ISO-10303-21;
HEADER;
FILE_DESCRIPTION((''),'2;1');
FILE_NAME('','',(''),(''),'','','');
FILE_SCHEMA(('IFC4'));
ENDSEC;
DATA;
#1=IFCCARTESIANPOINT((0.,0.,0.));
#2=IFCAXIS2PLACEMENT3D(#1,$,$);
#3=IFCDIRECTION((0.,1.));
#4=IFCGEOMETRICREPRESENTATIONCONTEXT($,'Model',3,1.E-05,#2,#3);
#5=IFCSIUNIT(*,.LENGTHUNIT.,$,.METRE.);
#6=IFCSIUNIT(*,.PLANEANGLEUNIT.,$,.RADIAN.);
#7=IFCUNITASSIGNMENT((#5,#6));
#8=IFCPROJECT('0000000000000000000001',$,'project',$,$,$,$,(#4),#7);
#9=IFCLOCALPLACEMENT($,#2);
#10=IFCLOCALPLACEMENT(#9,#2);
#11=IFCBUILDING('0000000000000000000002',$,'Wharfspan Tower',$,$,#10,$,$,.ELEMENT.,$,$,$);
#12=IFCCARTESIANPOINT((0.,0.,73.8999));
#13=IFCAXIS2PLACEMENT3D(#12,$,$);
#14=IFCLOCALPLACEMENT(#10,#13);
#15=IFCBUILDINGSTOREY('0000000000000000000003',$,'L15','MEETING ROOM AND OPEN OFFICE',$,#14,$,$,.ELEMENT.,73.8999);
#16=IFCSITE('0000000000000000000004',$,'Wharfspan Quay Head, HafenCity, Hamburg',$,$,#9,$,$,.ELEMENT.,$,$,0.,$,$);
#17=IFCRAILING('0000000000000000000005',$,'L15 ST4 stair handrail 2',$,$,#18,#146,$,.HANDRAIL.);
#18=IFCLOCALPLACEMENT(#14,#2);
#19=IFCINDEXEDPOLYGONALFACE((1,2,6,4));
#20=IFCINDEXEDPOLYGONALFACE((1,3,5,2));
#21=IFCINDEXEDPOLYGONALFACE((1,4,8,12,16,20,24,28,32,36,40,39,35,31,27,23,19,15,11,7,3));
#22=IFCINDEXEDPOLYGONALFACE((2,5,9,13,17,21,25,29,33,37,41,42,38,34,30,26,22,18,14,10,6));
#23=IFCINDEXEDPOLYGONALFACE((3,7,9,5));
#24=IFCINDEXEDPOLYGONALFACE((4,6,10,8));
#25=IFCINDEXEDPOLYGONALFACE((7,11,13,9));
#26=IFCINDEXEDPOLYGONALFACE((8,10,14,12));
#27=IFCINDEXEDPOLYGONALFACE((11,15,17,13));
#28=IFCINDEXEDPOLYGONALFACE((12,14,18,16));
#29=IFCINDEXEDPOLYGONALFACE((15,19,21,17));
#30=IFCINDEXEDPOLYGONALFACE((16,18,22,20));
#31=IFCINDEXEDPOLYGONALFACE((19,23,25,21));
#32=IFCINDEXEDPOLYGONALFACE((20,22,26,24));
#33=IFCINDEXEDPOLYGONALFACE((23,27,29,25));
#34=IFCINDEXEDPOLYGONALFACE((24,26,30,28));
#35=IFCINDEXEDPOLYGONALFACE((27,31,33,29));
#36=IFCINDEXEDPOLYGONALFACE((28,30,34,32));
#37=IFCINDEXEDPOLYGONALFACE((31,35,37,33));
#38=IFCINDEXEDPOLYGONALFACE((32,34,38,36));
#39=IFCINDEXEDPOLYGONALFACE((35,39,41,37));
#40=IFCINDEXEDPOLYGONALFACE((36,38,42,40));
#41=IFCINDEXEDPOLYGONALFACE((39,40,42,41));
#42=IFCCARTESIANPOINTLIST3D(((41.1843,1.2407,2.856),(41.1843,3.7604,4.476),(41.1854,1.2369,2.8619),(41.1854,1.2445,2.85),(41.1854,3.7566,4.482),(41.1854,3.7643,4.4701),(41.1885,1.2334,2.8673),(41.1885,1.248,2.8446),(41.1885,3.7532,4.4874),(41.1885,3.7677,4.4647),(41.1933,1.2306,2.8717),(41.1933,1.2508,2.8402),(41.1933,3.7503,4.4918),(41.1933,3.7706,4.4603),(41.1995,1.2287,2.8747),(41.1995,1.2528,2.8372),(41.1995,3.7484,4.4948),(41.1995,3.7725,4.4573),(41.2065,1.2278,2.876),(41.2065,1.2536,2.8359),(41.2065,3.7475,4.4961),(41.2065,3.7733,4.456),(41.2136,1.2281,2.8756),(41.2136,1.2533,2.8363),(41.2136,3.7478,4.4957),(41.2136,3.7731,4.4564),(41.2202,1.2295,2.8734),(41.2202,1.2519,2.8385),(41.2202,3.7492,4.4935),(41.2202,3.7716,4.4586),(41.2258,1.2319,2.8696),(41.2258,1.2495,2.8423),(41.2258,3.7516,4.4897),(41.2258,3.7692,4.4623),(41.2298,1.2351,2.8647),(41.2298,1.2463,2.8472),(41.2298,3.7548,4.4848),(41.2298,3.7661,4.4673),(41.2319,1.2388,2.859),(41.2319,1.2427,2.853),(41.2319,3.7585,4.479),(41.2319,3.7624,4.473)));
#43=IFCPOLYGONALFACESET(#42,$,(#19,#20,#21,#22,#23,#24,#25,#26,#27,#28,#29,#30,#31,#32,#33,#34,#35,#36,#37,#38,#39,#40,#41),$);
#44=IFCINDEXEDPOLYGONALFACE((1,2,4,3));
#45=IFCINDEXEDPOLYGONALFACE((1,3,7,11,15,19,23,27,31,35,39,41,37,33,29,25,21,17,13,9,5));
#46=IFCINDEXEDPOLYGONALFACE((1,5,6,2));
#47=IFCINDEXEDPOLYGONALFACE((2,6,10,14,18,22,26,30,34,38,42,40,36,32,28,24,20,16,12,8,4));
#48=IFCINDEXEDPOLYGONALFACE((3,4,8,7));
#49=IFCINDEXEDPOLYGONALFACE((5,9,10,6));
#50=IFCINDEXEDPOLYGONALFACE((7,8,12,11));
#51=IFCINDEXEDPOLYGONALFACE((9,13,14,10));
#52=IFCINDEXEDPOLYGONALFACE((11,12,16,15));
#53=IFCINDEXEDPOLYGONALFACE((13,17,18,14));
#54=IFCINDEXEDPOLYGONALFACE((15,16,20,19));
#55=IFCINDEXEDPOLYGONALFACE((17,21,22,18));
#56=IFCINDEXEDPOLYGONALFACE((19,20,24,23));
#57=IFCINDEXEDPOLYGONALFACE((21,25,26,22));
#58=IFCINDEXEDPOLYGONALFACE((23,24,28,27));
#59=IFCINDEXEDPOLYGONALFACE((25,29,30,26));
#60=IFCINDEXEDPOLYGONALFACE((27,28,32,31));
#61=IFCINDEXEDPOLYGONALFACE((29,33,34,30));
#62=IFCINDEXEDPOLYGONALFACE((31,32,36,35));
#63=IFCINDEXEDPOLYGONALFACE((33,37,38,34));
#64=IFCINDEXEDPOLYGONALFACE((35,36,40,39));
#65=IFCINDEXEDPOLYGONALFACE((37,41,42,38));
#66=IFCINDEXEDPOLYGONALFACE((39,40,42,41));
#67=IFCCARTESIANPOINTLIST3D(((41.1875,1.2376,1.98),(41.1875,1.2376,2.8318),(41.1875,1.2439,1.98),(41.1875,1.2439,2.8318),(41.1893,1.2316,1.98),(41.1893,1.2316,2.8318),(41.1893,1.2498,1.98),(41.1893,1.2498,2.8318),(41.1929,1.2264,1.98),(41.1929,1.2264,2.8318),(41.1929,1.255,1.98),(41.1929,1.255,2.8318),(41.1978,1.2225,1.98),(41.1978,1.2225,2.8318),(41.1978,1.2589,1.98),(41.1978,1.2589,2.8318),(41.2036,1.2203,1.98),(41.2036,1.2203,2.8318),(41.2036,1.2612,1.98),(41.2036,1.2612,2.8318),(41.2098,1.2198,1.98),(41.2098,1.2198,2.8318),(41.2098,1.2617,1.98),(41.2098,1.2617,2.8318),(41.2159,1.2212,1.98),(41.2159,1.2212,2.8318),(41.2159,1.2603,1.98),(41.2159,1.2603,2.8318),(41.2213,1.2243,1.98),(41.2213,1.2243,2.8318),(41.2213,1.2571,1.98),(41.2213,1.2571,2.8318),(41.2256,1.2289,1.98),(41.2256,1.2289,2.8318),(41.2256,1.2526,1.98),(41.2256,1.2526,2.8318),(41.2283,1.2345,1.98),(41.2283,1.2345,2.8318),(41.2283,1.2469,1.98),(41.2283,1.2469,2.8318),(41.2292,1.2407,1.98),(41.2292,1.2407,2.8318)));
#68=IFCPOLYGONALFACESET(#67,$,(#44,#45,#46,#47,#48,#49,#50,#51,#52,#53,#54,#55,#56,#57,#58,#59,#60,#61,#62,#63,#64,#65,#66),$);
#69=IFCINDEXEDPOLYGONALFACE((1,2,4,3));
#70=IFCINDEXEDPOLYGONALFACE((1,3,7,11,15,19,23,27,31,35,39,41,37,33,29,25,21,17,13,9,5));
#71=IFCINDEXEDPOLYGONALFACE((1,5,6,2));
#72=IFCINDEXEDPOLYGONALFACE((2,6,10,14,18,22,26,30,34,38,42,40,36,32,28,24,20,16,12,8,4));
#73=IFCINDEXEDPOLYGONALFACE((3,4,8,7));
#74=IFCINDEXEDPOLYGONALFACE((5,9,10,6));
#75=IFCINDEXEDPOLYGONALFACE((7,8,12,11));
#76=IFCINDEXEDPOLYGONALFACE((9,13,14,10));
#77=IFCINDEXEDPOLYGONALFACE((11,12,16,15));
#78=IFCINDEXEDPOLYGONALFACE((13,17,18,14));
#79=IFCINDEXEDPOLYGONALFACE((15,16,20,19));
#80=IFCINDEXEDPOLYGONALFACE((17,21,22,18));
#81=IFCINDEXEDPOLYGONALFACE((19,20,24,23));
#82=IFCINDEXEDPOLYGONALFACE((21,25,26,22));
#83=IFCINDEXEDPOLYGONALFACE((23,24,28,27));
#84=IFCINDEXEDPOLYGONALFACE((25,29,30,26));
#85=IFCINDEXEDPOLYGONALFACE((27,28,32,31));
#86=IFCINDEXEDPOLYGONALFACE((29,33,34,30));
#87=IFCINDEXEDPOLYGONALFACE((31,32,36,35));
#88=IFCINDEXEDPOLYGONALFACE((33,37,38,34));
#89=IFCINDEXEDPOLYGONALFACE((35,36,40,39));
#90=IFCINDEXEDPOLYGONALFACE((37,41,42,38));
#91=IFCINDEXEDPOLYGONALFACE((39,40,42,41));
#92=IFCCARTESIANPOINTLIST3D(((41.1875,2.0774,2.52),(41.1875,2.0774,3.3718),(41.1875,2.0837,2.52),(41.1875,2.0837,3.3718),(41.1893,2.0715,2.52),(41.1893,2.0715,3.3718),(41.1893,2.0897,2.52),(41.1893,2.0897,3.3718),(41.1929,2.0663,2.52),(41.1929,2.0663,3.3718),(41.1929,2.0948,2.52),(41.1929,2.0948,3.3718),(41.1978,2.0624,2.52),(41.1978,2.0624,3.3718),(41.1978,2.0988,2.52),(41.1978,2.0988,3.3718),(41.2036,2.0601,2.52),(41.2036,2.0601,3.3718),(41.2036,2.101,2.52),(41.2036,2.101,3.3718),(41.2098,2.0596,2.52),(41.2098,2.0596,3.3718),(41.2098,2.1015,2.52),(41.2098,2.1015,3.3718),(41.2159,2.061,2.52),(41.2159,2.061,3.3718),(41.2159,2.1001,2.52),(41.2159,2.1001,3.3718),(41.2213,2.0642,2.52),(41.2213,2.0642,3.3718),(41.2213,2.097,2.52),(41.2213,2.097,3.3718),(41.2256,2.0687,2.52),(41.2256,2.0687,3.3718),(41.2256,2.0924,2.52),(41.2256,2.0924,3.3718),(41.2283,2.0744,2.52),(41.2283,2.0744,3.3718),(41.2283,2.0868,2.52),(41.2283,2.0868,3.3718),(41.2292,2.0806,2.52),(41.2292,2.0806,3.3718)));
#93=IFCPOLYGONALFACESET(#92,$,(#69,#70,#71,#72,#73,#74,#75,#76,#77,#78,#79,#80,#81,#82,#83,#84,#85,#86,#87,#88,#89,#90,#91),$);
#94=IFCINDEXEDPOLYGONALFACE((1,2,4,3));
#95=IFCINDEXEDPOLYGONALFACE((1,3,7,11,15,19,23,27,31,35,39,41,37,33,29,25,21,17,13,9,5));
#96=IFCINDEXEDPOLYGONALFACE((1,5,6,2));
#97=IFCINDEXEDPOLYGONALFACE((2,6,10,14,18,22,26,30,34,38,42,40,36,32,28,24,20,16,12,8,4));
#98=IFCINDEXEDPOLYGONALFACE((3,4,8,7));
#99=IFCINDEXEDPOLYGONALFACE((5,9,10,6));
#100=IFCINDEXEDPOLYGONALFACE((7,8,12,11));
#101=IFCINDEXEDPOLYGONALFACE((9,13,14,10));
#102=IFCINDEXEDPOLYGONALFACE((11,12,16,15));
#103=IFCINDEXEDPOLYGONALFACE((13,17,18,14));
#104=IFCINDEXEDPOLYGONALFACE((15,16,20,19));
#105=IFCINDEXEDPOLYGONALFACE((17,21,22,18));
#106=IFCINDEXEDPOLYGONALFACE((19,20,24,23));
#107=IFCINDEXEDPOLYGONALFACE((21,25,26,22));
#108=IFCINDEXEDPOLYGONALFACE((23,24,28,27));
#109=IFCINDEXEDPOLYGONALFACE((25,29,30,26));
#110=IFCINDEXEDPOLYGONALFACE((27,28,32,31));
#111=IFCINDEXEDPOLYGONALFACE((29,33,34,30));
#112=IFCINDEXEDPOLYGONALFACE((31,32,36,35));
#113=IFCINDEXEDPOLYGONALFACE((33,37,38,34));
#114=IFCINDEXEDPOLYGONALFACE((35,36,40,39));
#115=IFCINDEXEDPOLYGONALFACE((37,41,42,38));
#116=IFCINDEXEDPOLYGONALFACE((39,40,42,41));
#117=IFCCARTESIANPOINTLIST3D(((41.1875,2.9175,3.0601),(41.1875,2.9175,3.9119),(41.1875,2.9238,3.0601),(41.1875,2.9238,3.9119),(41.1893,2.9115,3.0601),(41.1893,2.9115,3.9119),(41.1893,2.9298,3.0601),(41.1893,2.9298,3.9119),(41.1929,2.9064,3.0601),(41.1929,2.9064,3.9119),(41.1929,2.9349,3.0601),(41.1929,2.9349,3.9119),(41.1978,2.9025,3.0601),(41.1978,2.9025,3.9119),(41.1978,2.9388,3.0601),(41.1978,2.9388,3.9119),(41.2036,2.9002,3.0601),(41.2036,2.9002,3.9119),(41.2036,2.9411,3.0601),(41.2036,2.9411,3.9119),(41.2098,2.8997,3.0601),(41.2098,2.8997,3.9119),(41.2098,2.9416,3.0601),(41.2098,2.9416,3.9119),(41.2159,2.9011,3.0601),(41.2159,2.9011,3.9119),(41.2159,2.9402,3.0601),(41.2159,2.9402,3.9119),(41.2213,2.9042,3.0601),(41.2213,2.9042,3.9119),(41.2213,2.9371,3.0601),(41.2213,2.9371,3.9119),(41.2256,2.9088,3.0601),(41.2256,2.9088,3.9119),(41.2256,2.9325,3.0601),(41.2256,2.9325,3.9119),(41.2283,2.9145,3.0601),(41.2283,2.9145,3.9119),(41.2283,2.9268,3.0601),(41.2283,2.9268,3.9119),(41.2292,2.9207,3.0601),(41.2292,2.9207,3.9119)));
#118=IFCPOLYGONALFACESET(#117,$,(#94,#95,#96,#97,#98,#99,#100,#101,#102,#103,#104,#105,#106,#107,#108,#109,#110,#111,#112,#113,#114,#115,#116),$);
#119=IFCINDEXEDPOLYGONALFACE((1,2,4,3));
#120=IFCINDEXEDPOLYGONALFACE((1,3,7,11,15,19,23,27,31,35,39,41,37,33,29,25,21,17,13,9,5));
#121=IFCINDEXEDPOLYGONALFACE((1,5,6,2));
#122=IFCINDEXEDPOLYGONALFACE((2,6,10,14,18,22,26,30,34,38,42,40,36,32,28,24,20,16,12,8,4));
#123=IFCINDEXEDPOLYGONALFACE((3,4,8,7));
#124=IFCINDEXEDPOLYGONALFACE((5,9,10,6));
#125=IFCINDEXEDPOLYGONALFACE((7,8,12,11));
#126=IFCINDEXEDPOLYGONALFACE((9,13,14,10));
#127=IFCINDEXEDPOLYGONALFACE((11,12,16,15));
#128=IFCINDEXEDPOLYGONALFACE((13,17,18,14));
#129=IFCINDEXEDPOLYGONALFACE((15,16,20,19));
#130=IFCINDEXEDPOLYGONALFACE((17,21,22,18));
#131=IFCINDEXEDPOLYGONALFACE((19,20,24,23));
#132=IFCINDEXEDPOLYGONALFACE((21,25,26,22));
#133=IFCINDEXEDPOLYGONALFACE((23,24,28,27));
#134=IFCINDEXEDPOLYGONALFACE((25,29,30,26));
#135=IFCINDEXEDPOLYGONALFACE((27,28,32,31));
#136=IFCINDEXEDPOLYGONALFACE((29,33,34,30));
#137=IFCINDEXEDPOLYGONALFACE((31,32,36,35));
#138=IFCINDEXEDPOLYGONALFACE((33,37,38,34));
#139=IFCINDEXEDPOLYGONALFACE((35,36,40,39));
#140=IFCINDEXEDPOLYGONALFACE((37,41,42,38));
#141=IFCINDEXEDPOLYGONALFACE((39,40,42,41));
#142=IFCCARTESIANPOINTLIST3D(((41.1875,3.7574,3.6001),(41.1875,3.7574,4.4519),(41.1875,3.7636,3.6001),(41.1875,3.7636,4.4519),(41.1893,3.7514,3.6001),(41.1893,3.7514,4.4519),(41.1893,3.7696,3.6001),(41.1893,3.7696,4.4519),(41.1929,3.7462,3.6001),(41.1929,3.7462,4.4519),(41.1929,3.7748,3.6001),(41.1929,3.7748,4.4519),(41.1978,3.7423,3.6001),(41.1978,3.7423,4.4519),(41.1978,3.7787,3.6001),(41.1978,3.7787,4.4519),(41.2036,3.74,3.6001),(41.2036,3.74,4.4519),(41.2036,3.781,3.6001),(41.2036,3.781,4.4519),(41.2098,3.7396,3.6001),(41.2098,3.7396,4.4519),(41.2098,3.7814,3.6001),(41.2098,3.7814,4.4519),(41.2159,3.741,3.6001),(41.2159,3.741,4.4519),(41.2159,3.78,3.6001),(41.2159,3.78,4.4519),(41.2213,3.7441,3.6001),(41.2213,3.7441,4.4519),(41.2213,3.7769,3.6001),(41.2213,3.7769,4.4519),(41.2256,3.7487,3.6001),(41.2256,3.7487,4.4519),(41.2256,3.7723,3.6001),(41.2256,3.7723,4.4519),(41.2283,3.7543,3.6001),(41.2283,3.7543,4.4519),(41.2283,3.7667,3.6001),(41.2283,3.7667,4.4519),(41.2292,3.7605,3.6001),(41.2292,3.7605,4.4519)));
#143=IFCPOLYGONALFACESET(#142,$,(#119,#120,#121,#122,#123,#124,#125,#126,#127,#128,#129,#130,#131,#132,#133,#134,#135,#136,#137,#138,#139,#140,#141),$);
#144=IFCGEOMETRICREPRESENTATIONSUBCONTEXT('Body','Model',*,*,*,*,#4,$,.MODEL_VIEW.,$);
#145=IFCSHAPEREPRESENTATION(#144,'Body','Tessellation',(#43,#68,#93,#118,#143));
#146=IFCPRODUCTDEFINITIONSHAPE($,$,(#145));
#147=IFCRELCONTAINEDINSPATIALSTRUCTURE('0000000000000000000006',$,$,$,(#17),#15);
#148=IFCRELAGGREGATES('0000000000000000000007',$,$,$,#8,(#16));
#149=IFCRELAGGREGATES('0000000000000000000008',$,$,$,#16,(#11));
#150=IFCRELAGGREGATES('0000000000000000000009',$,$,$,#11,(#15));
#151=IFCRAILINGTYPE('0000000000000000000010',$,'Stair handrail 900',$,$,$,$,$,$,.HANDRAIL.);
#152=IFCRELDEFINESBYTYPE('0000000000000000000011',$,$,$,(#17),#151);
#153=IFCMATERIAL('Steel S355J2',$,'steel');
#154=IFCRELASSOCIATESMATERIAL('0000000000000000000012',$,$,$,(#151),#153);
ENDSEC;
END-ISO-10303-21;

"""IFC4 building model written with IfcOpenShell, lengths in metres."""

from ifc_helpers import new_model, si_unit, direction, frame, origin, origin_2d, place, context, subcontext, project, spatial, circle, extrude, material, type_object, element, save


model = new_model("IFC4")

# Units and contexts
model_context = context("Model", 3, precision=1e-05, world=origin(), true_north=direction((0.0, 1.0)))
body_context = subcontext(model_context, "Body", "Model", "MODEL_VIEW")
ifc_project = project(units=[si_unit("LENGTHUNIT", "METRE"), si_unit("PLANEANGLEUNIT", "RADIAN")], contexts=[model_context])

# Site, building, storey
site_placement = place(None, origin())
site = spatial("IfcSite", under=ifc_project, at=site_placement, Name="Wharfspan Quay Head, HafenCity, Hamburg", CompositionType="ELEMENT", RefElevation=0.0)
building_placement = place(site_placement, origin())
building = spatial("IfcBuilding", under=site, at=building_placement, Name="Wharfspan Tower", CompositionType="ELEMENT")
storey_placement = place(building_placement, frame((0.0, 0.0, 73.8999)))
storey = spatial("IfcBuildingStorey", under=building, at=storey_placement, Name="L15", Description="MEETING ROOM AND OPEN OFFICE", CompositionType="ELEMENT", Elevation=73.8999)

# Railing
ifc_material_1 = material(Name="Steel S355J2", Category="steel")
railing_type_1 = type_object("IfcRailingType", Name="Stair handrail 900", PredefinedType="HANDRAIL", material=ifc_material_1)
railing_1_placement = place(storey_placement, frame((41.2083, 1.2407, 1.98)))
element("IfcRailing", 1, at=railing_1_placement, inside=storey, type_object=railing_type_1, Name="L15 ST4 stair handrail 2", PredefinedType="HANDRAIL", context=body_context, shape_type="SweptSolid", body=[
    extrude(circle(Radius=0.0239, at=origin_2d()), frame((0.0, 0.0, 0.876), z_axis=(0.0, 0.841139, 0.540819), x_axis=(-1.0, 0.0, 0.0)), (0.0, 0.0, 1.0), 2.9956),
    extrude(circle(Radius=0.021, at=origin_2d()), origin(), (0.0, 0.0, 1.0), 0.8518),
    extrude(circle(Radius=0.021, at=origin_2d()), frame((0.0, 0.8398, 0.54)), (0.0, 0.0, 1.0), 0.8518),
    extrude(circle(Radius=0.021, at=origin_2d()), frame((0.0, 1.6799, 1.0801)), (0.0, 0.0, 1.0), 0.8518),
    extrude(circle(Radius=0.021, at=origin_2d()), frame((0.0, 2.5198, 1.6201)), (0.0, 0.0, 1.0), 0.8518),
])

save(model, "model.ifc")
